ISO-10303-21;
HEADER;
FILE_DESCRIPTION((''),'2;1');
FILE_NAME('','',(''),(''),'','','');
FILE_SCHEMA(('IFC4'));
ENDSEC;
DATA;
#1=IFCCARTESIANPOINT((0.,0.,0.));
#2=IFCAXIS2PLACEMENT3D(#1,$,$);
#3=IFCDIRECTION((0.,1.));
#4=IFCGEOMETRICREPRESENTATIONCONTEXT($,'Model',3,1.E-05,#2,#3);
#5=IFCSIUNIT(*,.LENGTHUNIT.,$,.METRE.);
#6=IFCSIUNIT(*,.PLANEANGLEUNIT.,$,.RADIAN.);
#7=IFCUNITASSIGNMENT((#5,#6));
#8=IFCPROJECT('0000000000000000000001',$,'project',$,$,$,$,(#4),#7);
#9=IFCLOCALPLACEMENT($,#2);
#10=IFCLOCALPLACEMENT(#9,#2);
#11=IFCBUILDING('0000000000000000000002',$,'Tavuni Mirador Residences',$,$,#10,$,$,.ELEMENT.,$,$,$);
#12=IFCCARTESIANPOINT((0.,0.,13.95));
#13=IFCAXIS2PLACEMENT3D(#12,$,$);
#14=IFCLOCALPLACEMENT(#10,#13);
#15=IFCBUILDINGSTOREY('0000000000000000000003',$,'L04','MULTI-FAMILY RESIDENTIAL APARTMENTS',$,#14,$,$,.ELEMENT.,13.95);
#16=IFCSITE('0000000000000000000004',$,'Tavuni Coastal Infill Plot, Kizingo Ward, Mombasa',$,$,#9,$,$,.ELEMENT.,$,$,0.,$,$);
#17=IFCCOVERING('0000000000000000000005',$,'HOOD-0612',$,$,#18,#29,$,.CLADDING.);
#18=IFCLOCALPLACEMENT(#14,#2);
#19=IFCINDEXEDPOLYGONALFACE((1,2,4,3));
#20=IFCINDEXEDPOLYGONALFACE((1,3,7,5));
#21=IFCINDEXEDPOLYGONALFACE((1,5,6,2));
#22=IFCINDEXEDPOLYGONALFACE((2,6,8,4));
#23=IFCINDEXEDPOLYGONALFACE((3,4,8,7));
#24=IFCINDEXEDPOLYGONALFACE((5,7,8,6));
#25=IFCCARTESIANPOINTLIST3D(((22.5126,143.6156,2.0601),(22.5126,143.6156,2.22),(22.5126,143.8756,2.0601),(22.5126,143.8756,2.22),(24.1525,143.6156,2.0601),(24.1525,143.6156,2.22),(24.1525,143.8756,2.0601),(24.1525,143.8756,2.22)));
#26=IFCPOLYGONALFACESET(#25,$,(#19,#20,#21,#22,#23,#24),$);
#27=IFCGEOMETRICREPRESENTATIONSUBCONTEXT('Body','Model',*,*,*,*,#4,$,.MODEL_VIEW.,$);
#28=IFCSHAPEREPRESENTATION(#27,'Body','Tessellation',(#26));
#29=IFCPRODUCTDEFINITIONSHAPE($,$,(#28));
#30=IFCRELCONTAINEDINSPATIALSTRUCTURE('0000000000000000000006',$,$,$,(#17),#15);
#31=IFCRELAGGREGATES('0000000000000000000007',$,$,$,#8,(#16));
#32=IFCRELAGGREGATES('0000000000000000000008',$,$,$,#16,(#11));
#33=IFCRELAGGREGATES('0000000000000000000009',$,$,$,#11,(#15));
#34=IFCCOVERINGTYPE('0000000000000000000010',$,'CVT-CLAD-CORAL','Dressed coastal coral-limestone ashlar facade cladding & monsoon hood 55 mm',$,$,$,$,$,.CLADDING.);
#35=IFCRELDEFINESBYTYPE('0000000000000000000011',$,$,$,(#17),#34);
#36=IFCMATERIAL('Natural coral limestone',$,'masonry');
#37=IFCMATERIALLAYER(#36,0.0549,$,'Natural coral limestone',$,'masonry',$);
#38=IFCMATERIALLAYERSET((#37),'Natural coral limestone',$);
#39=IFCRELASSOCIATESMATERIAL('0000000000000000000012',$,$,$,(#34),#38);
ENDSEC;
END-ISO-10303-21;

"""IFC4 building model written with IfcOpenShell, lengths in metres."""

from ifc_helpers import new_model, si_unit, direction, frame, origin, origin_2d, place, context, subcontext, project, spatial, rectangle, extrude, material, layer, layer_set, type_object, element, save


model = new_model("IFC4")

# Units and contexts
model_context = context("Model", 3, precision=1e-05, world=origin(), true_north=direction((0.0, 1.0)))
body_context = subcontext(model_context, "Body", "Model", "MODEL_VIEW")
ifc_project = project(units=[si_unit("LENGTHUNIT", "METRE"), si_unit("PLANEANGLEUNIT", "RADIAN")], contexts=[model_context])

# Site, building, storey
site_placement = place(None, origin())
site = spatial("IfcSite", under=ifc_project, at=site_placement, Name="Tavuni Coastal Infill Plot, Kizingo Ward, Mombasa", CompositionType="ELEMENT", RefElevation=0.0)
building_placement = place(site_placement, origin())
building = spatial("IfcBuilding", under=site, at=building_placement, Name="Tavuni Mirador Residences", CompositionType="ELEMENT")
storey_placement = place(building_placement, frame((0.0, 0.0, 13.95)))
storey = spatial("IfcBuildingStorey", under=building, at=storey_placement, Name="L04", Description="MULTI-FAMILY RESIDENTIAL APARTMENTS", CompositionType="ELEMENT", Elevation=13.95)

# Covering
ifc_material_1 = material(Name="Natural coral limestone", Category="masonry")
ifc_layer_1 = layer(ifc_material_1, 0.0549, Name="Natural coral limestone", Category="masonry")
ifc_layer_set_1 = layer_set([ifc_layer_1], Name="Natural coral limestone")
covering_type = type_object("IfcCoveringType", Name="CVT-CLAD-CORAL", Description="Dressed coastal coral-limestone ashlar facade cladding & monsoon hood 55 mm", PredefinedType="CLADDING", material=ifc_layer_set_1)
covering_1_placement = place(storey_placement, frame((23.3325, 143.7456, 2.0601), z_axis=(0.0, 0.0, 1.0), x_axis=(1.0, 0.0, 0.0)))
element("IfcCovering", 1, at=covering_1_placement, inside=storey, type_object=covering_type, Name="HOOD-0612", PredefinedType="CLADDING", context=body_context, shape_type="SweptSolid", body=[
    extrude(rectangle(XDim=1.6399, YDim=0.26, at=origin_2d()), origin(), (0.0, 0.0, 1.0), 0.1599),
])

save(model, "model.ifc")
